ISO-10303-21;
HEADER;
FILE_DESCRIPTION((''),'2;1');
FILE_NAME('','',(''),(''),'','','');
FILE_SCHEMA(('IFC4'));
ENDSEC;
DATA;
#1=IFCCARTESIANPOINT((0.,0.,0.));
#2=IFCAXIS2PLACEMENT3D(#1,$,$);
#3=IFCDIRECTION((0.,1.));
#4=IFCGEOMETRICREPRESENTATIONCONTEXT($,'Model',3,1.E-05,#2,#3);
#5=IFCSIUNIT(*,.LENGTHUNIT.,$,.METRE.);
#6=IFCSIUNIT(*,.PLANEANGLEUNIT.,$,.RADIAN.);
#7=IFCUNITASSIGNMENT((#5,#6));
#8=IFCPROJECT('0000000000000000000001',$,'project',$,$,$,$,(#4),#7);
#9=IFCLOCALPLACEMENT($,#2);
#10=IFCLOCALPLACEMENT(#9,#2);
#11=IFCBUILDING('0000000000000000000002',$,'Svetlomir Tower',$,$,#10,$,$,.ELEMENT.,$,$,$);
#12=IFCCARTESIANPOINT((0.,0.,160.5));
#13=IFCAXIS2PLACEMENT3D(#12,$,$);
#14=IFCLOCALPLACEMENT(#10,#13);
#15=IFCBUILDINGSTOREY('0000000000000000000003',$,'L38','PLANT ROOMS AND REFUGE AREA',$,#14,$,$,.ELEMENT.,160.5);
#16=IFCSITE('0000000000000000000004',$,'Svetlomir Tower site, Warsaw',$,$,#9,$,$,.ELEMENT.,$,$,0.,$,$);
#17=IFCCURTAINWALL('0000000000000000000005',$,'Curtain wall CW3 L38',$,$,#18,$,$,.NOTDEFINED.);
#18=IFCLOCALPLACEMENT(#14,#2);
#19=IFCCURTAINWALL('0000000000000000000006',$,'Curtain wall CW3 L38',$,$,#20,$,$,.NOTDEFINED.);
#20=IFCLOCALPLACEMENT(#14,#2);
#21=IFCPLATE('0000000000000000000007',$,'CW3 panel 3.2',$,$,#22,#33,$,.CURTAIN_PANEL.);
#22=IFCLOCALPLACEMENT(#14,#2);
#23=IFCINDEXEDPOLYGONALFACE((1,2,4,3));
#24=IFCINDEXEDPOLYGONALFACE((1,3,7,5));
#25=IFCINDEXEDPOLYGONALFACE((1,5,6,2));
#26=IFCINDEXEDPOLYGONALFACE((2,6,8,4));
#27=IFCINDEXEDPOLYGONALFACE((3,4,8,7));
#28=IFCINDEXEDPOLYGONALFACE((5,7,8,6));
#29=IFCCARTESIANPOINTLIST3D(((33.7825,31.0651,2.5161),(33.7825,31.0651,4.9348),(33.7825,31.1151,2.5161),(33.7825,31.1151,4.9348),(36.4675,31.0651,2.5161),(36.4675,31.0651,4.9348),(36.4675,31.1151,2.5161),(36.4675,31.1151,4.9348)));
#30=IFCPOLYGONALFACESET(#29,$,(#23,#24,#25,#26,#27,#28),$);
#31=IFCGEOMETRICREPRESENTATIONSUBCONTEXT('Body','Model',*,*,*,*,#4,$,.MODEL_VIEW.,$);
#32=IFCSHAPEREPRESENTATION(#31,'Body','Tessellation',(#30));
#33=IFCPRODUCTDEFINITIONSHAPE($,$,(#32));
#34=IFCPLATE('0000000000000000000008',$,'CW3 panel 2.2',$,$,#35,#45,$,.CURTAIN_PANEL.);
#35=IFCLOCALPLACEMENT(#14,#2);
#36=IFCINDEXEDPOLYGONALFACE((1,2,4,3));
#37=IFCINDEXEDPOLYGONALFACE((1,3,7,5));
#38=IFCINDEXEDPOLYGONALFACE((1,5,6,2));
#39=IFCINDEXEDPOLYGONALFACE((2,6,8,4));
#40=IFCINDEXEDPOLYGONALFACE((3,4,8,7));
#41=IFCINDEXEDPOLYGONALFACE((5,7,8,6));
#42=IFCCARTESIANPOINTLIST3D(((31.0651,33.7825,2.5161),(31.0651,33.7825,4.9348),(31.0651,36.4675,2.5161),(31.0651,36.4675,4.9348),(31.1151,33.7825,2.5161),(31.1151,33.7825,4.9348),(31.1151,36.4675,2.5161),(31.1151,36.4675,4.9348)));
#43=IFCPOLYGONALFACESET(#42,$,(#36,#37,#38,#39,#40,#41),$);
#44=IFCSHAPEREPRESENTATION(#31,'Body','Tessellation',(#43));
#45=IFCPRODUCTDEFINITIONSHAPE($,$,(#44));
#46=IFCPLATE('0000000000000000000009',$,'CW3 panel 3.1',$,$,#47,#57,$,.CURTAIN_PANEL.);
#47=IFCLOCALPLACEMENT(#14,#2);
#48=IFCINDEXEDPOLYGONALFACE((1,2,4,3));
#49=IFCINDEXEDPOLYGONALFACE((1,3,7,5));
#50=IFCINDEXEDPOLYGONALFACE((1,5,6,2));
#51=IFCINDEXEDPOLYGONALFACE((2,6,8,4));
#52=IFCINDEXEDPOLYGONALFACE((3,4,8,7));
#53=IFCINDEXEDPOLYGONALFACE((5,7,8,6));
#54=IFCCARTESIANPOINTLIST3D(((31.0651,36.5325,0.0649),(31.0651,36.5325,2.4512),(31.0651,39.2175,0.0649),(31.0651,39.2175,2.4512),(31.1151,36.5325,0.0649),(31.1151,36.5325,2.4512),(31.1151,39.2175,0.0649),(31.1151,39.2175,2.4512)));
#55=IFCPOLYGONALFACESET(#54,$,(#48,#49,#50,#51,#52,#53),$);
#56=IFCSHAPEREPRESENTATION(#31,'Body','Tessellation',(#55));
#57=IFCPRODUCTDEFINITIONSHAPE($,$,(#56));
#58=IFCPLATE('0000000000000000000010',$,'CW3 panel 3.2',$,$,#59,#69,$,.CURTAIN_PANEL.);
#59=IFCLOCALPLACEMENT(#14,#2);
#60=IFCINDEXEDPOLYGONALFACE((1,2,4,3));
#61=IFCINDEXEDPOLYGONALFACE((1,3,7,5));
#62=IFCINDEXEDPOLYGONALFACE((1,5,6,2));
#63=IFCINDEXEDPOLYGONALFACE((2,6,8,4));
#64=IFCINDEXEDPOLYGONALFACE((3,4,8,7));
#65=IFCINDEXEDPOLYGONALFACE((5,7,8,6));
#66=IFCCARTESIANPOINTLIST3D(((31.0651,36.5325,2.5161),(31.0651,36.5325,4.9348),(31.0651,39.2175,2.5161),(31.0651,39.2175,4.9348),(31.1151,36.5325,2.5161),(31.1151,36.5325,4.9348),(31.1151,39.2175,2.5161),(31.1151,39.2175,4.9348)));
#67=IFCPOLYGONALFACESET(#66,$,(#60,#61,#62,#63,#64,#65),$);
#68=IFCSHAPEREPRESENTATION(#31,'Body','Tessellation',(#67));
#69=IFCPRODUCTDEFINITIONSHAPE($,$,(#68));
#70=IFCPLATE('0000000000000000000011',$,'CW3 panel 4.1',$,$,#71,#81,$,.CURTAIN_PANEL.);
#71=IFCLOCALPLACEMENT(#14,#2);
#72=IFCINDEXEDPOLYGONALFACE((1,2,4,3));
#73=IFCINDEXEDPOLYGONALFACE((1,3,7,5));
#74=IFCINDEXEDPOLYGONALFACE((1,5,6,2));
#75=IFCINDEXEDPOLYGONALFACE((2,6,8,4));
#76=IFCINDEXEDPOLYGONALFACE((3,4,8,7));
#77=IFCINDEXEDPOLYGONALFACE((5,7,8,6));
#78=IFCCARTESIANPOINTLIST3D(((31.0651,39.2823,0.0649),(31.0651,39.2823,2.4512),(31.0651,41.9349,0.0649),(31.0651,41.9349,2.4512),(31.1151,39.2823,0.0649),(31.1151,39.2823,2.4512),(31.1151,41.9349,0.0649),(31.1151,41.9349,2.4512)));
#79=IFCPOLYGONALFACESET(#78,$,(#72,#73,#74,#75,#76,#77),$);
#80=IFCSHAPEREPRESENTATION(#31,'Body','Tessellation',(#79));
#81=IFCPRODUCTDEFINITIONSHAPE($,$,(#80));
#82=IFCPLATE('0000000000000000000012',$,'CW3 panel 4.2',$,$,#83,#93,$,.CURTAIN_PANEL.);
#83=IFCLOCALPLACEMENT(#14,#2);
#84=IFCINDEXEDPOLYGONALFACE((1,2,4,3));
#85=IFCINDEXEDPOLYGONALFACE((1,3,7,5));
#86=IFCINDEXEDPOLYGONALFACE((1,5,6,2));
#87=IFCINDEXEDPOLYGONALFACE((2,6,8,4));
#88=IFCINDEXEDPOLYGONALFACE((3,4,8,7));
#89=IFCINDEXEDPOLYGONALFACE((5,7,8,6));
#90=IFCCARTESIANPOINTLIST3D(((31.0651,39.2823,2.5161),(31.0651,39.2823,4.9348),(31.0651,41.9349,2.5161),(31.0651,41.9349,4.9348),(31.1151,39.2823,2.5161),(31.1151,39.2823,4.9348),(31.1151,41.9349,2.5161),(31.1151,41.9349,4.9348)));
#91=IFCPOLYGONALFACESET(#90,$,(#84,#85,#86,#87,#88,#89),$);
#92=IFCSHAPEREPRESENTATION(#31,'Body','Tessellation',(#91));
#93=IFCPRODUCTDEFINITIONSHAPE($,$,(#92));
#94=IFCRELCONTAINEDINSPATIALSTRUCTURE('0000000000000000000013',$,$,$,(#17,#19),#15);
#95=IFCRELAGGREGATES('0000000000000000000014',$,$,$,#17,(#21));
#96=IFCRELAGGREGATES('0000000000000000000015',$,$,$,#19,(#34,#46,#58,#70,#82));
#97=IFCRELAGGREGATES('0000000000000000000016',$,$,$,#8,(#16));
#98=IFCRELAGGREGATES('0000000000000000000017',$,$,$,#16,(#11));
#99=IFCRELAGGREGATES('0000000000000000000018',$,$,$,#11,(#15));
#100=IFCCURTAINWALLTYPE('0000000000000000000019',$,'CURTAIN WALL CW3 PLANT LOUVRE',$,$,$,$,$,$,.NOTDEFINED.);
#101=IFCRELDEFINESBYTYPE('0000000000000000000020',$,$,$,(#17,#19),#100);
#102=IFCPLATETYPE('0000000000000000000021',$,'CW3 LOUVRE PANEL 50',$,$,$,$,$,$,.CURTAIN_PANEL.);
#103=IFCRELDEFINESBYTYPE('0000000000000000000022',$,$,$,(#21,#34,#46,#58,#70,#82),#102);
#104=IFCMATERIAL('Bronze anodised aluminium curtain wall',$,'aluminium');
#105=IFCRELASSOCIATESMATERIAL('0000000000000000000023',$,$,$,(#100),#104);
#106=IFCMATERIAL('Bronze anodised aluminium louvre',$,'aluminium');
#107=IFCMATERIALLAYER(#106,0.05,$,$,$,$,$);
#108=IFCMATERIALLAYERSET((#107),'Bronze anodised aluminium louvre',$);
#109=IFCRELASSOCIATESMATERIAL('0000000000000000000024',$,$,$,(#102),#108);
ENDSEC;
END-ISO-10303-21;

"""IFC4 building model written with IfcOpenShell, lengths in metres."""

from ifc_helpers import new_model, si_unit, direction, frame, origin, origin_2d, place, context, subcontext, project, spatial, rectangle, extrude, material, layer, layer_set, type_object, element, aggregate, save


model = new_model("IFC4")

# Units and contexts
model_context = context("Model", 3, precision=1e-05, world=origin(), true_north=direction((0.0, 1.0)))
body_context = subcontext(model_context, "Body", "Model", "MODEL_VIEW")
ifc_project = project(units=[si_unit("LENGTHUNIT", "METRE"), si_unit("PLANEANGLEUNIT", "RADIAN")], contexts=[model_context])

# Site, building, storey
site_placement = place(None, origin())
site = spatial("IfcSite", under=ifc_project, at=site_placement, Name="Svetlomir Tower site, Warsaw", CompositionType="ELEMENT", RefElevation=0.0)
building_placement = place(site_placement, origin())
building = spatial("IfcBuilding", under=site, at=building_placement, Name="Svetlomir Tower", CompositionType="ELEMENT")
storey_placement = place(building_placement, frame((0.0, 0.0, 160.5)))
storey = spatial("IfcBuildingStorey", under=building, at=storey_placement, Name="L38", Description="PLANT ROOMS AND REFUGE AREA", CompositionType="ELEMENT", Elevation=160.5)

# Curtain walls
ifc_material_1 = material(Name="Bronze anodised aluminium curtain wall", Category="aluminium")
curtain_wall_type = type_object("IfcCurtainWallType", Name="CURTAIN WALL CW3 PLANT LOUVRE", PredefinedType="NOTDEFINED", material=ifc_material_1)
curtain_wall_1_placement = place(storey_placement, origin())
curtain_wall_1 = element("IfcCurtainWall", 1, at=curtain_wall_1_placement, inside=storey, type_object=curtain_wall_type, Name="Curtain wall CW3 L38", PredefinedType="NOTDEFINED")
curtain_wall_2_placement = place(storey_placement, origin())
curtain_wall_2 = element("IfcCurtainWall", 2, at=curtain_wall_2_placement, inside=storey, type_object=curtain_wall_type, Name="Curtain wall CW3 L38", PredefinedType="NOTDEFINED")

# Plates
ifc_material_2 = material(Name="Bronze anodised aluminium louvre", Category="aluminium")
ifc_layer = layer(ifc_material_2, 0.05)
ifc_layer_set = layer_set([ifc_layer], Name="Bronze anodised aluminium louvre")
plate_type = type_object("IfcPlateType", Name="CW3 LOUVRE PANEL 50", PredefinedType="CURTAIN_PANEL", material=ifc_layer_set)
plate_1_placement = place(storey_placement, frame((35.125, 31.0901, 2.5161), z_axis=(0.0, 0.0, 1.0), x_axis=(-1.0, 0.0, 0.0)))
plate_1 = element("IfcPlate", 3, at=plate_1_placement, type_object=plate_type, Name="CW3 panel 3.2", PredefinedType="CURTAIN_PANEL", context=body_context, shape_type="SweptSolid", body=[
    extrude(rectangle(XDim=2.6851, YDim=0.05, at=origin_2d()), origin(), (0.0, 0.0, 1.0), 2.4187),
])
aggregate(curtain_wall_1, [plate_1])
plate_2_placement = place(storey_placement, frame((31.0901, 35.125, 2.5161), z_axis=(0.0, 0.0, 1.0), x_axis=(0.0, 1.0, 0.0)))
plate_2 = element("IfcPlate", 4, at=plate_2_placement, type_object=plate_type, Name="CW3 panel 2.2", PredefinedType="CURTAIN_PANEL", context=body_context, shape_type="SweptSolid", body=[
    extrude(rectangle(XDim=2.6851, YDim=0.05, at=origin_2d()), origin(), (0.0, 0.0, 1.0), 2.4187),
])
plate_3_placement = place(storey_placement, frame((31.0901, 37.875, 0.0649), z_axis=(0.0, 0.0, 1.0), x_axis=(0.0, 1.0, 0.0)))
plate_3 = element("IfcPlate", 5, at=plate_3_placement, type_object=plate_type, Name="CW3 panel 3.1", PredefinedType="CURTAIN_PANEL", context=body_context, shape_type="SweptSolid", body=[
    extrude(rectangle(XDim=2.6851, YDim=0.05, at=origin_2d()), origin(), (0.0, 0.0, 1.0), 2.3862),
])
plate_4_placement = place(storey_placement, frame((31.0901, 37.875, 2.5161), z_axis=(0.0, 0.0, 1.0), x_axis=(0.0, 1.0, 0.0)))
plate_4 = element("IfcPlate", 6, at=plate_4_placement, type_object=plate_type, Name="CW3 panel 3.2", PredefinedType="CURTAIN_PANEL", context=body_context, shape_type="SweptSolid", body=[
    extrude(rectangle(XDim=2.6851, YDim=0.05, at=origin_2d()), origin(), (0.0, 0.0, 1.0), 2.4187),
])
plate_5_placement = place(storey_placement, frame((31.0901, 40.6086, 0.0649), z_axis=(0.0, 0.0, 1.0), x_axis=(0.0, 1.0, 0.0)))
plate_5 = element("IfcPlate", 7, at=plate_5_placement, type_object=plate_type, Name="CW3 panel 4.1", PredefinedType="CURTAIN_PANEL", context=body_context, shape_type="SweptSolid", body=[
    extrude(rectangle(XDim=2.6526, YDim=0.05, at=origin_2d()), origin(), (0.0, 0.0, 1.0), 2.3862),
])
plate_6_placement = place(storey_placement, frame((31.0901, 40.6086, 2.5161), z_axis=(0.0, 0.0, 1.0), x_axis=(0.0, 1.0, 0.0)))
plate_6 = element("IfcPlate", 8, at=plate_6_placement, type_object=plate_type, Name="CW3 panel 4.2", PredefinedType="CURTAIN_PANEL", context=body_context, shape_type="SweptSolid", body=[
    extrude(rectangle(XDim=2.6526, YDim=0.05, at=origin_2d()), origin(), (0.0, 0.0, 1.0), 2.4187),
])
aggregate(curtain_wall_2, [plate_2, plate_3, plate_4, plate_5, plate_6])

save(model, "model.ifc")
